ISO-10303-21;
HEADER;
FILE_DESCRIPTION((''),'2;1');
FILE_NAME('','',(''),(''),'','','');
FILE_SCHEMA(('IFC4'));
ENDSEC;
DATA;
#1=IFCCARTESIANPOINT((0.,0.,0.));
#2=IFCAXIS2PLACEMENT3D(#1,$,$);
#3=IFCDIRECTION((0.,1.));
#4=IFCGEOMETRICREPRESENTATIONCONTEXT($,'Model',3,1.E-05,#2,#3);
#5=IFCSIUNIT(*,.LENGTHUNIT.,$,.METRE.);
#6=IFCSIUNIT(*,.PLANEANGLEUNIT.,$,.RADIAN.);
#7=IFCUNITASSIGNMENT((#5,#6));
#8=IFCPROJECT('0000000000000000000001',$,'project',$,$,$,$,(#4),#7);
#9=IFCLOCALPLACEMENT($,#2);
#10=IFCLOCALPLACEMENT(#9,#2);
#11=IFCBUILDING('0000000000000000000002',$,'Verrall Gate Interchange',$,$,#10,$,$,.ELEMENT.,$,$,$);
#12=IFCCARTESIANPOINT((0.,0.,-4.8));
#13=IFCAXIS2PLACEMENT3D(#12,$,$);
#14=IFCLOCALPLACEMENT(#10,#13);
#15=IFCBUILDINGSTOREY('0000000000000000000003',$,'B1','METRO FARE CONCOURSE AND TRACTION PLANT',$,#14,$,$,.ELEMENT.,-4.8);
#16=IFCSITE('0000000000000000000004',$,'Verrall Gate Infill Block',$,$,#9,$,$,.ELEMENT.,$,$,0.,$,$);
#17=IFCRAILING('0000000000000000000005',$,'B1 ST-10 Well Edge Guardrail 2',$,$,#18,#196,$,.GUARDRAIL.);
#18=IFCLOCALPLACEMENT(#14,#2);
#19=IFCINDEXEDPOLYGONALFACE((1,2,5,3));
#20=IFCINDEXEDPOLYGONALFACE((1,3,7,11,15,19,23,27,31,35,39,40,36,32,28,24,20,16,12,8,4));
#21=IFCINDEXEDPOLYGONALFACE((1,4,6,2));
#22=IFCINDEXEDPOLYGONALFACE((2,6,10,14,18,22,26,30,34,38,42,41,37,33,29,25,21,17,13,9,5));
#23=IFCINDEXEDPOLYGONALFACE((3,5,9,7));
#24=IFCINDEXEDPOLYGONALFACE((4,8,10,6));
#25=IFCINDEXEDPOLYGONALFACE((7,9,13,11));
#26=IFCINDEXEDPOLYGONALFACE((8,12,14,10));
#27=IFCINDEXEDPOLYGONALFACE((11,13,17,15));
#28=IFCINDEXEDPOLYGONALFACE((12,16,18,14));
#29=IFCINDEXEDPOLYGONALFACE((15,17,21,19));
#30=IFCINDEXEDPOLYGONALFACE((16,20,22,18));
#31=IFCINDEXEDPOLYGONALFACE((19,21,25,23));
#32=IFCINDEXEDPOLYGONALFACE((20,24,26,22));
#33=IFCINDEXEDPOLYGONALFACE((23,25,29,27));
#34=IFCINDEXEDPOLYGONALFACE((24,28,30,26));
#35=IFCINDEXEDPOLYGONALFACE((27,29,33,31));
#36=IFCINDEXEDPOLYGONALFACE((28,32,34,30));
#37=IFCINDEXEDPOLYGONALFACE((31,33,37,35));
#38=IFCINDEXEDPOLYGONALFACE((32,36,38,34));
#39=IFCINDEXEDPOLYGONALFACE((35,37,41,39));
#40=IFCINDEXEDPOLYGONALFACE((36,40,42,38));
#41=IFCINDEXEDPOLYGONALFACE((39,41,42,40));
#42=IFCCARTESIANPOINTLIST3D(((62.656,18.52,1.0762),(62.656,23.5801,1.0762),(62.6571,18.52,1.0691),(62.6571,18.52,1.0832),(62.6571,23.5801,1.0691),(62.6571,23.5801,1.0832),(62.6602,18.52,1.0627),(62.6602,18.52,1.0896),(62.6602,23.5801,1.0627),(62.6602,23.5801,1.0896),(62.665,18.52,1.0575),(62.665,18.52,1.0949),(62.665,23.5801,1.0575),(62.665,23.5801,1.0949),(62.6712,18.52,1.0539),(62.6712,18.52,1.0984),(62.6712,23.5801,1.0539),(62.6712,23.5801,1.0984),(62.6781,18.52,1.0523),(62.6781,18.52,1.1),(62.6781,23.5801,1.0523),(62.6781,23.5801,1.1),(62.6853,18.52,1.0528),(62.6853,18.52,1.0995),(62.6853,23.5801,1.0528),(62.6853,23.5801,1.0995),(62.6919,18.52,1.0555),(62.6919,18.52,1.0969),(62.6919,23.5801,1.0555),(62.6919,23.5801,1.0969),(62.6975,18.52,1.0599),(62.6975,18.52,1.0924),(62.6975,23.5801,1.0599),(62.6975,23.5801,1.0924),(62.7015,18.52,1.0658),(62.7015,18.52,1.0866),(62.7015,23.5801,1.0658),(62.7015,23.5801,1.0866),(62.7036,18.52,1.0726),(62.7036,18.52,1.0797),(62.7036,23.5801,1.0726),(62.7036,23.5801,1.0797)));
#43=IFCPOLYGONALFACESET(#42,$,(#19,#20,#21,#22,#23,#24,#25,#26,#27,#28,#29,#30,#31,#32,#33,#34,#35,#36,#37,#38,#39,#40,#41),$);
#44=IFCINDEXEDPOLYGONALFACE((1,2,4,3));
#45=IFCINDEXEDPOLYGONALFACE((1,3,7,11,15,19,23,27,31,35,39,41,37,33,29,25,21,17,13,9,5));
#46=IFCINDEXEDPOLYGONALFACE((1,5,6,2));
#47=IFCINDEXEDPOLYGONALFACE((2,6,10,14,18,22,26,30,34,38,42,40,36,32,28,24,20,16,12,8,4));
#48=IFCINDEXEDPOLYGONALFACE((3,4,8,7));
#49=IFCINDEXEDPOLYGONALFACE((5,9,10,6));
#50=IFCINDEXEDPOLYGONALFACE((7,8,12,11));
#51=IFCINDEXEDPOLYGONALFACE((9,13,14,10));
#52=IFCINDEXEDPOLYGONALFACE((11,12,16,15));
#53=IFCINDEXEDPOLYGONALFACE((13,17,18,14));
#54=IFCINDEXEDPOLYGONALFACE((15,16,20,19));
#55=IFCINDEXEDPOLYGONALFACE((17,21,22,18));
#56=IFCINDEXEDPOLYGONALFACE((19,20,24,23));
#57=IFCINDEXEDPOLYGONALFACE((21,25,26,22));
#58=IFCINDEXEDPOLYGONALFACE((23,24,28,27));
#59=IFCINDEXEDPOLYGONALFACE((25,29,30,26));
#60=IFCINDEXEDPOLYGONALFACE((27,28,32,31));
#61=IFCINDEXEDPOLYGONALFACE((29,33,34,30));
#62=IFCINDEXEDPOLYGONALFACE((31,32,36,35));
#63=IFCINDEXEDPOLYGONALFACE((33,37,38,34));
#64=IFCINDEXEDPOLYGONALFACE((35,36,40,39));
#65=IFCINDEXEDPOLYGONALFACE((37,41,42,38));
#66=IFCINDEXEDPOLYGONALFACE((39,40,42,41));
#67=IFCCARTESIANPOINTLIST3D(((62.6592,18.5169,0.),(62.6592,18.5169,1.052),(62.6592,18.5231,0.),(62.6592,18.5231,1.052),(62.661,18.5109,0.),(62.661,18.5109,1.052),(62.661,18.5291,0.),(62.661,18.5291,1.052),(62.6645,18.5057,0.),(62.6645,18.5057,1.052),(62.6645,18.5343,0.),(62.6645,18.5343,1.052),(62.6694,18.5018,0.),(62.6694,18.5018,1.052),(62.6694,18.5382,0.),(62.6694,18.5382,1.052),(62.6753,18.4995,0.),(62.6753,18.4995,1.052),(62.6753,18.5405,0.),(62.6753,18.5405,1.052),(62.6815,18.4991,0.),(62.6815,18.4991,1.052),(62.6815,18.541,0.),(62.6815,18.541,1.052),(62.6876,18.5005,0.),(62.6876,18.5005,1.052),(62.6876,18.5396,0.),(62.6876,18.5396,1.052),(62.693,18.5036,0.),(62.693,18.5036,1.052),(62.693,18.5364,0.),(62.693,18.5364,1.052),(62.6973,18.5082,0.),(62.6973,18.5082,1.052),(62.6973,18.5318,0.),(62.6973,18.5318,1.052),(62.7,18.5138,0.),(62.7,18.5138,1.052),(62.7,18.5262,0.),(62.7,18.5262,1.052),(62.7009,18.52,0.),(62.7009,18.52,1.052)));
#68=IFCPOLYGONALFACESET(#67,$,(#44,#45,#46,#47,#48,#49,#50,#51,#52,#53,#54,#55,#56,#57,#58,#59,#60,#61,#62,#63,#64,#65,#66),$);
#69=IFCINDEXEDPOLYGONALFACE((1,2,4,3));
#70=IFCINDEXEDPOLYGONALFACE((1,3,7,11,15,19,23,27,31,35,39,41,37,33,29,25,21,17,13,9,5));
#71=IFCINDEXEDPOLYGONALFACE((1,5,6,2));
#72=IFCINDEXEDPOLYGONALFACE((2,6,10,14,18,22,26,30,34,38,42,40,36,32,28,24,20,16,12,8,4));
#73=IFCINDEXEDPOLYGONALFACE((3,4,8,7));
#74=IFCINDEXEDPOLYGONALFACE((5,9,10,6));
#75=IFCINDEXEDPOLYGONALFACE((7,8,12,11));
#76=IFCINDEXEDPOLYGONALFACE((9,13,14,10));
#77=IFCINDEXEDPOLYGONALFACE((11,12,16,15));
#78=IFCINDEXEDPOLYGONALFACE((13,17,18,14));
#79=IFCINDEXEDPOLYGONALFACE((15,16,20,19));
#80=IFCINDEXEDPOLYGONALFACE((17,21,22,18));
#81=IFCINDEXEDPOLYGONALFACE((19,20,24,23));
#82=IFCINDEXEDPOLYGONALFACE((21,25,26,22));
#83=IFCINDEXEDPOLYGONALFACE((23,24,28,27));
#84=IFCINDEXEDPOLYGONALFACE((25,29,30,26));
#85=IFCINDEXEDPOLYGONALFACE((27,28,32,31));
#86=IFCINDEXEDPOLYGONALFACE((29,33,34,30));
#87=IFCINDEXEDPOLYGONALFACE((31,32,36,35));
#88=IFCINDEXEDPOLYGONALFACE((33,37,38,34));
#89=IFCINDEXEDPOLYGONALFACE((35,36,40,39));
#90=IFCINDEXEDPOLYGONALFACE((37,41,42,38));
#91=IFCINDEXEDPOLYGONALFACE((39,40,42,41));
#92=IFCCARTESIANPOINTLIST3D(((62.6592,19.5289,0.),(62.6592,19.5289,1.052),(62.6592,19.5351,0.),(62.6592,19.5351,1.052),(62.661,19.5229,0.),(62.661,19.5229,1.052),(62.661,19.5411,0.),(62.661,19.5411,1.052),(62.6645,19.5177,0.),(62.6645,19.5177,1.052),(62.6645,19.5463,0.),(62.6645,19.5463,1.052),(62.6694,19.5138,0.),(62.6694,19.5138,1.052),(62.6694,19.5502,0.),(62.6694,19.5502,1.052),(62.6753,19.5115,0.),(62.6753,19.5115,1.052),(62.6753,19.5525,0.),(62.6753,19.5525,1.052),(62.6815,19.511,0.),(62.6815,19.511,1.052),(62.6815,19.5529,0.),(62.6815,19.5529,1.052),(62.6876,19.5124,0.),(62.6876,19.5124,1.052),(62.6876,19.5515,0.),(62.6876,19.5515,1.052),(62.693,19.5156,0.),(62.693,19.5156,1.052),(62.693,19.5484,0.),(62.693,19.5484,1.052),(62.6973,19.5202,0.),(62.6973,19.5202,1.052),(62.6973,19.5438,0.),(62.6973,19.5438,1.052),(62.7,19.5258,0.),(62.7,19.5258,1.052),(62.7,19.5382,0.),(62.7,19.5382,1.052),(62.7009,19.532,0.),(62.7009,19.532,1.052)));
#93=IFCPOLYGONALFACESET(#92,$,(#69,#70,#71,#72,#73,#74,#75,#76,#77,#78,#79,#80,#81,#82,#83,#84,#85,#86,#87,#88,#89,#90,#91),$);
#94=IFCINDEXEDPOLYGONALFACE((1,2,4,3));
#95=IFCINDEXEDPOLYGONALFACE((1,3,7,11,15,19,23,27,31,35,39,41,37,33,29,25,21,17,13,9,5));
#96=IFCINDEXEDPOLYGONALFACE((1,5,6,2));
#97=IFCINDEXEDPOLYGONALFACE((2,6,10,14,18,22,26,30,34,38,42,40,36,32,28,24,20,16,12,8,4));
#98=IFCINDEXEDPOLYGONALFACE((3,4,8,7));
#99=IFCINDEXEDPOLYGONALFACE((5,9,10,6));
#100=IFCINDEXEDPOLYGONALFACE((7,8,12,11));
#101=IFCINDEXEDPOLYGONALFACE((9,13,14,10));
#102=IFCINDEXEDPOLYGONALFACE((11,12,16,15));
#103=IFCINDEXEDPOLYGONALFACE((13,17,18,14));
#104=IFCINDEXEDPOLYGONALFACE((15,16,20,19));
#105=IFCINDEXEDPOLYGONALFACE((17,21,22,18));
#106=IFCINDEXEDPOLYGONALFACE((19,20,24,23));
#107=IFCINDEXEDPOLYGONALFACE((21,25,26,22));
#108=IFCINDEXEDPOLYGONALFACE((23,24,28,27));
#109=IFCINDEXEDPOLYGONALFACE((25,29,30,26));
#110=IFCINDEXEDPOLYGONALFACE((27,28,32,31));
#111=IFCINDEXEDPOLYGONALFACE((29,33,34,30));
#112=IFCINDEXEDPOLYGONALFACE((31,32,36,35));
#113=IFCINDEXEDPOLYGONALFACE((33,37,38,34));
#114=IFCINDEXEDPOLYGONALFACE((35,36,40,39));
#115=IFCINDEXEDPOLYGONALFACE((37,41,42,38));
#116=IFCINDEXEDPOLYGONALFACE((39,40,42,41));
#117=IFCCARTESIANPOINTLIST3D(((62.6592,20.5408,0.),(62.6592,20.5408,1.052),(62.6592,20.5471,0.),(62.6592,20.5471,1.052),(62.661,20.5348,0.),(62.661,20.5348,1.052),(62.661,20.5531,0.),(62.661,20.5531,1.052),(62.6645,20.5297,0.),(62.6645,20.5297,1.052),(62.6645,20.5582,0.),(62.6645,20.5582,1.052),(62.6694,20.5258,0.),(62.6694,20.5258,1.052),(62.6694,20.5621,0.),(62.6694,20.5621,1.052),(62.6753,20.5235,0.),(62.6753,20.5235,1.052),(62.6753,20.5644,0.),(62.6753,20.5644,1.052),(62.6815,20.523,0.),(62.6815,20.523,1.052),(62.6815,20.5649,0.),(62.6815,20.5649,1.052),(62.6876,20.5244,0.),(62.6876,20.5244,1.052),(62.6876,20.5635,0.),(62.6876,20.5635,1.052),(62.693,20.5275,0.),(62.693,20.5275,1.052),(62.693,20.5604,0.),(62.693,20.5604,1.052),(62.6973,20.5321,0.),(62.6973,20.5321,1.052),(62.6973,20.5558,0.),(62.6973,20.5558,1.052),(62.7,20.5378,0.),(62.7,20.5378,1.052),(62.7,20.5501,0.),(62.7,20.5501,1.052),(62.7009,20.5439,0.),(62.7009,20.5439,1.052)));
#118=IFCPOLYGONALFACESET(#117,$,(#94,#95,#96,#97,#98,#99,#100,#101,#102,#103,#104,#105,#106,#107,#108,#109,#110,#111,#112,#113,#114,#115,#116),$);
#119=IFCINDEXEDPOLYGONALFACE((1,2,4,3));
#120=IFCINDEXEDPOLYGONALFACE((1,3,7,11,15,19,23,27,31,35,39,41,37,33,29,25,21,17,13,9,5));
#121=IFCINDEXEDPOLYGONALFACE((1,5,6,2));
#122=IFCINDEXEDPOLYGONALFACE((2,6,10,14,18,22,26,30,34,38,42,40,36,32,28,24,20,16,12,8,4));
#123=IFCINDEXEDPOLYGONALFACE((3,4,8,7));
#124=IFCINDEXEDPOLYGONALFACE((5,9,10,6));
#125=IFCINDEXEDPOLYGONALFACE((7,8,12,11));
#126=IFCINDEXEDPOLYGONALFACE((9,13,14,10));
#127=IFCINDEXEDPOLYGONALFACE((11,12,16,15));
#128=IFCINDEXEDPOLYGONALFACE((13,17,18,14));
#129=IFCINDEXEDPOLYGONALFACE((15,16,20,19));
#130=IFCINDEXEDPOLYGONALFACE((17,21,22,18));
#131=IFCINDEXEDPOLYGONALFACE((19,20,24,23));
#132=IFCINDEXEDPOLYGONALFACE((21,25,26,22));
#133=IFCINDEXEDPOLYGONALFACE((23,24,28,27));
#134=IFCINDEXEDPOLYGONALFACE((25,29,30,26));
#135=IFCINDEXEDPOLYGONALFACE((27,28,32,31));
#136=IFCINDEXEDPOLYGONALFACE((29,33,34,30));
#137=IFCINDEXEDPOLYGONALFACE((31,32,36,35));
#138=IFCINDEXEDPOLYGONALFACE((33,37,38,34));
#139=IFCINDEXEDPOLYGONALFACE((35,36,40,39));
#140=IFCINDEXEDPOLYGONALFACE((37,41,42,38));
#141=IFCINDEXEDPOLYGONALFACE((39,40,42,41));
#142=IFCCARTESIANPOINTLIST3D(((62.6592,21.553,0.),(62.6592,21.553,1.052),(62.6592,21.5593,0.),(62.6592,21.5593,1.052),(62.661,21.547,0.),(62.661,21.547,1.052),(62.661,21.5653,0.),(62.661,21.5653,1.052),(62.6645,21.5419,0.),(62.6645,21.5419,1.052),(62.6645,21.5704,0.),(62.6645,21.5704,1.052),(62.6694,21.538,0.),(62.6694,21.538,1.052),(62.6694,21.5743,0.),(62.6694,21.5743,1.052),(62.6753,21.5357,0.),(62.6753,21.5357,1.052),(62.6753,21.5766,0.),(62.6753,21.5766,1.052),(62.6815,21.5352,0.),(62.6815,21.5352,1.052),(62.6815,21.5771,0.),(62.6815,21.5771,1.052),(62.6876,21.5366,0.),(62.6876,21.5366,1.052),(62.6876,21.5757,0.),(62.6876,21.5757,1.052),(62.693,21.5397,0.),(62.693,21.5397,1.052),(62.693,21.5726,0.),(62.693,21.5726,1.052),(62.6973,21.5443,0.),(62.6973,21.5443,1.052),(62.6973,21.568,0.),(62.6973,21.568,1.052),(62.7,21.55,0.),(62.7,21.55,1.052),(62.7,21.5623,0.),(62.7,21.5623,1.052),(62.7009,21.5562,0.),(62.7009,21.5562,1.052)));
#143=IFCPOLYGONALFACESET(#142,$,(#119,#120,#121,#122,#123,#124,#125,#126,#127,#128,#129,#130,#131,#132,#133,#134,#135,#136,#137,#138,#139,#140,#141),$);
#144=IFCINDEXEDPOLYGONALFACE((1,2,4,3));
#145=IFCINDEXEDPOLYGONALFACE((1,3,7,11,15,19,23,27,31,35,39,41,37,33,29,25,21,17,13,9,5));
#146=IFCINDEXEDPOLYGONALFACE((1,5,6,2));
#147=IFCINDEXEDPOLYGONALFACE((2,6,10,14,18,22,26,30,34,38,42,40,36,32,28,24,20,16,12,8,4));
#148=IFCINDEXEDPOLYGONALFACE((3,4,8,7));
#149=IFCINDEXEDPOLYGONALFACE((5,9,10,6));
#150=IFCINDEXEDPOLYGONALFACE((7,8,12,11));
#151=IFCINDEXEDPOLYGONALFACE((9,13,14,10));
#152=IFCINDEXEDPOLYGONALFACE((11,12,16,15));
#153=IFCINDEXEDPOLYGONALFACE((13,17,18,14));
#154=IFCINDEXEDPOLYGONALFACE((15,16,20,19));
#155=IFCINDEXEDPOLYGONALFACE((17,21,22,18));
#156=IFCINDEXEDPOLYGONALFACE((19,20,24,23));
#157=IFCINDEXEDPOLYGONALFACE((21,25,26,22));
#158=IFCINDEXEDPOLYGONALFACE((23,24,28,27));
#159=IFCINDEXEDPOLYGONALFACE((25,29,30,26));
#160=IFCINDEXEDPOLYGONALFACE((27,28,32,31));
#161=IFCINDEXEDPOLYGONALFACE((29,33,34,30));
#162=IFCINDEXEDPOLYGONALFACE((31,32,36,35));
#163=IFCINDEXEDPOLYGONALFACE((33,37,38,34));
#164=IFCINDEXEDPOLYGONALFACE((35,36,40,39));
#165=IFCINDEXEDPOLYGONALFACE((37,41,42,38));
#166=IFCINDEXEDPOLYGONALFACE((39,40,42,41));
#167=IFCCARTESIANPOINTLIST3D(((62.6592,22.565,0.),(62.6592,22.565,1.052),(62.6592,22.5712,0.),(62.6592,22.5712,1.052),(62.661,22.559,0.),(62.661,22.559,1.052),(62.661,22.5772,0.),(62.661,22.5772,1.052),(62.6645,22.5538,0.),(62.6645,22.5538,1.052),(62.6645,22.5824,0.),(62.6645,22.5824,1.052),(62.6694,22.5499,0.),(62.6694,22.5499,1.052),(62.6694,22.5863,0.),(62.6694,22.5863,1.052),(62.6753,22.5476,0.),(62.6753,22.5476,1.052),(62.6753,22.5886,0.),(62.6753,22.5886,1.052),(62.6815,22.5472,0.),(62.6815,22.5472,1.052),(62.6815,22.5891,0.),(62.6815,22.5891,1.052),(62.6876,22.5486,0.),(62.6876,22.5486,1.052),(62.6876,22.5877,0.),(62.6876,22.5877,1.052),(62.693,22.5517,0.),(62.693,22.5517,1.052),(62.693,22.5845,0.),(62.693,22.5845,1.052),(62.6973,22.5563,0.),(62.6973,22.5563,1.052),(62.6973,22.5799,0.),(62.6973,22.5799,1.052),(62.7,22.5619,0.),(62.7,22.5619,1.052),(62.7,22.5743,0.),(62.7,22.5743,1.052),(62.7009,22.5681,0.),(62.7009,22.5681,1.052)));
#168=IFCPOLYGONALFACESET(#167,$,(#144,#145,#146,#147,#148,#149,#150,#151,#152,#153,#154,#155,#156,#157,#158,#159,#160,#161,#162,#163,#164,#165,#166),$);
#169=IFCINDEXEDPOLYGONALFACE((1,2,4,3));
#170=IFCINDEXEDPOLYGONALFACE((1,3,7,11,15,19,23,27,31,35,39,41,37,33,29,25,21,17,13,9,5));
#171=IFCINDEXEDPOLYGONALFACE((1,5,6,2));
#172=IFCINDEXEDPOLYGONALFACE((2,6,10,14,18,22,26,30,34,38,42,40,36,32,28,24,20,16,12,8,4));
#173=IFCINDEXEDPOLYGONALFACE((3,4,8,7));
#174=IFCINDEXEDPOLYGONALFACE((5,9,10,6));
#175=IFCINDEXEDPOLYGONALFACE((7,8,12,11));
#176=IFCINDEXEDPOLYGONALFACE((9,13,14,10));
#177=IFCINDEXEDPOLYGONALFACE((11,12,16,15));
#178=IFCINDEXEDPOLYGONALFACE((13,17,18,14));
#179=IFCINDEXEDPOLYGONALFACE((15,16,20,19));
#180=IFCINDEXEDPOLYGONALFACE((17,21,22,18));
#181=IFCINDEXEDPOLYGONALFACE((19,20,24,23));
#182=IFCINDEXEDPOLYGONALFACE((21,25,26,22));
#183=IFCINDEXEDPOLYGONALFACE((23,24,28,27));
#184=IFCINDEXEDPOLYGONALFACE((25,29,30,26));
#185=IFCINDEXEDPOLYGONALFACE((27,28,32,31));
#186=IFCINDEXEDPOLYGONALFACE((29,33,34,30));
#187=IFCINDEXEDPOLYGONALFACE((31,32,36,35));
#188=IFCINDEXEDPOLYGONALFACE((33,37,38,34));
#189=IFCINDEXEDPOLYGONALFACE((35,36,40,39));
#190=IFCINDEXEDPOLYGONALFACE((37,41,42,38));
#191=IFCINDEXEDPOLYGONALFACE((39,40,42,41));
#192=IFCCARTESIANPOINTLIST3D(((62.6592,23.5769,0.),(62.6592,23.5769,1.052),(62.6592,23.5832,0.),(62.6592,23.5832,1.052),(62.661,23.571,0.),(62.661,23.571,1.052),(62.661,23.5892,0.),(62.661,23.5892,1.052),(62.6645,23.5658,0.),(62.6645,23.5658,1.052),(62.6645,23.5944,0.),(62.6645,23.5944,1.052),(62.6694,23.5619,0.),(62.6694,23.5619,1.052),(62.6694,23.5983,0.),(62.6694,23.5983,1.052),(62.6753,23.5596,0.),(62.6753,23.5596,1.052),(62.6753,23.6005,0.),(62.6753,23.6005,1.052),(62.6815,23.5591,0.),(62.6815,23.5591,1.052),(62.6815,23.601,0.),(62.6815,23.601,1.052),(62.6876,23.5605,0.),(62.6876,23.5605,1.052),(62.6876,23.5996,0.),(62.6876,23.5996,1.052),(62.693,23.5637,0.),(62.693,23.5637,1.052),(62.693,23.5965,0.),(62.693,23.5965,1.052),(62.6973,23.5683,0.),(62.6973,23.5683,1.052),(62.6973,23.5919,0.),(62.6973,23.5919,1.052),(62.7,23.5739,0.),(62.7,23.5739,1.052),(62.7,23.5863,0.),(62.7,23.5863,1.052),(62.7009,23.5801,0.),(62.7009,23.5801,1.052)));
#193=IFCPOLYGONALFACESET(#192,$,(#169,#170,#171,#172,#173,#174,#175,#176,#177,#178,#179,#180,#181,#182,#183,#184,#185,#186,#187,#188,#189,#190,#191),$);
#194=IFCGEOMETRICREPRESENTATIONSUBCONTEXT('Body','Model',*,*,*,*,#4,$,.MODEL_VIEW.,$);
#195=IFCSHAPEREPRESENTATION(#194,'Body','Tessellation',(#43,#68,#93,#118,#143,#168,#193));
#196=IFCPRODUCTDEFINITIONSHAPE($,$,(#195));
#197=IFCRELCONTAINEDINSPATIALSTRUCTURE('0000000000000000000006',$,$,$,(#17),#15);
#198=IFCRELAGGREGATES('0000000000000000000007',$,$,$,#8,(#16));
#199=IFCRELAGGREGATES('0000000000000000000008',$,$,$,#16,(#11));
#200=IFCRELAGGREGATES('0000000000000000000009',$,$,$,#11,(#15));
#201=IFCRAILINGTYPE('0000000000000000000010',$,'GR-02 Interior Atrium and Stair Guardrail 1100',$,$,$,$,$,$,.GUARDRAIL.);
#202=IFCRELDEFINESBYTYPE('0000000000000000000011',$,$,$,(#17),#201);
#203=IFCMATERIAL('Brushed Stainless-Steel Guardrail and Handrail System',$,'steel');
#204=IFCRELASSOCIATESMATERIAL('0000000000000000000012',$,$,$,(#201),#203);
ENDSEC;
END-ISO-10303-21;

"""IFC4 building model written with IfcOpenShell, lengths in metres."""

from ifc_helpers import new_model, si_unit, direction, frame, origin, origin_2d, place, context, subcontext, project, spatial, circle, extrude, material, type_object, element, save


model = new_model("IFC4")

# Units and contexts
model_context = context("Model", 3, precision=1e-05, world=origin(), true_north=direction((0.0, 1.0)))
body_context = subcontext(model_context, "Body", "Model", "MODEL_VIEW")
ifc_project = project(units=[si_unit("LENGTHUNIT", "METRE"), si_unit("PLANEANGLEUNIT", "RADIAN")], contexts=[model_context])

# Site, building, storey
site_placement = place(None, origin())
site = spatial("IfcSite", under=ifc_project, at=site_placement, Name="Verrall Gate Infill Block", CompositionType="ELEMENT", RefElevation=0.0)
building_placement = place(site_placement, origin())
building = spatial("IfcBuilding", under=site, at=building_placement, Name="Verrall Gate Interchange", CompositionType="ELEMENT")
storey_placement = place(building_placement, frame((0.0, 0.0, -4.8)))
storey = spatial("IfcBuildingStorey", under=building, at=storey_placement, Name="B1", Description="METRO FARE CONCOURSE AND TRACTION PLANT", CompositionType="ELEMENT", Elevation=-4.8)

# Railing
ifc_material_1 = material(Name="Brushed Stainless-Steel Guardrail and Handrail System", Category="steel")
railing_type = type_object("IfcRailingType", Name="GR-02 Interior Atrium and Stair Guardrail 1100", PredefinedType="GUARDRAIL", material=ifc_material_1)
railing_1_placement = place(storey_placement, frame((62.6799, 18.52, 0.0)))
element("IfcRailing", 1, at=railing_1_placement, inside=storey, type_object=railing_type, Name="B1 ST-10 Well Edge Guardrail 2", PredefinedType="GUARDRAIL", context=body_context, shape_type="SweptSolid", body=[
    extrude(circle(Radius=0.0239, at=origin_2d()), frame((0.0, 0.0, 1.0762), z_axis=(0.0, 1.0, 0.0), x_axis=(-1.0, 0.0, 0.0)), (0.0, 0.0, 1.0), 5.0601),
    extrude(circle(Radius=0.021, at=origin_2d()), origin(), (0.0, 0.0, 1.0), 1.052),
    extrude(circle(Radius=0.021, at=origin_2d()), frame((0.0, 1.012, 0.0)), (0.0, 0.0, 1.0), 1.052),
    extrude(circle(Radius=0.021, at=origin_2d()), frame((0.0, 2.0239, 0.0)), (0.0, 0.0, 1.0), 1.052),
    extrude(circle(Radius=0.021, at=origin_2d()), frame((0.0, 3.0361, 0.0)), (0.0, 0.0, 1.0), 1.052),
    extrude(circle(Radius=0.021, at=origin_2d()), frame((0.0, 4.0481, 0.0)), (0.0, 0.0, 1.0), 1.052),
    extrude(circle(Radius=0.021, at=origin_2d()), frame((0.0, 5.0601, 0.0)), (0.0, 0.0, 1.0), 1.052),
])

save(model, "model.ifc")
